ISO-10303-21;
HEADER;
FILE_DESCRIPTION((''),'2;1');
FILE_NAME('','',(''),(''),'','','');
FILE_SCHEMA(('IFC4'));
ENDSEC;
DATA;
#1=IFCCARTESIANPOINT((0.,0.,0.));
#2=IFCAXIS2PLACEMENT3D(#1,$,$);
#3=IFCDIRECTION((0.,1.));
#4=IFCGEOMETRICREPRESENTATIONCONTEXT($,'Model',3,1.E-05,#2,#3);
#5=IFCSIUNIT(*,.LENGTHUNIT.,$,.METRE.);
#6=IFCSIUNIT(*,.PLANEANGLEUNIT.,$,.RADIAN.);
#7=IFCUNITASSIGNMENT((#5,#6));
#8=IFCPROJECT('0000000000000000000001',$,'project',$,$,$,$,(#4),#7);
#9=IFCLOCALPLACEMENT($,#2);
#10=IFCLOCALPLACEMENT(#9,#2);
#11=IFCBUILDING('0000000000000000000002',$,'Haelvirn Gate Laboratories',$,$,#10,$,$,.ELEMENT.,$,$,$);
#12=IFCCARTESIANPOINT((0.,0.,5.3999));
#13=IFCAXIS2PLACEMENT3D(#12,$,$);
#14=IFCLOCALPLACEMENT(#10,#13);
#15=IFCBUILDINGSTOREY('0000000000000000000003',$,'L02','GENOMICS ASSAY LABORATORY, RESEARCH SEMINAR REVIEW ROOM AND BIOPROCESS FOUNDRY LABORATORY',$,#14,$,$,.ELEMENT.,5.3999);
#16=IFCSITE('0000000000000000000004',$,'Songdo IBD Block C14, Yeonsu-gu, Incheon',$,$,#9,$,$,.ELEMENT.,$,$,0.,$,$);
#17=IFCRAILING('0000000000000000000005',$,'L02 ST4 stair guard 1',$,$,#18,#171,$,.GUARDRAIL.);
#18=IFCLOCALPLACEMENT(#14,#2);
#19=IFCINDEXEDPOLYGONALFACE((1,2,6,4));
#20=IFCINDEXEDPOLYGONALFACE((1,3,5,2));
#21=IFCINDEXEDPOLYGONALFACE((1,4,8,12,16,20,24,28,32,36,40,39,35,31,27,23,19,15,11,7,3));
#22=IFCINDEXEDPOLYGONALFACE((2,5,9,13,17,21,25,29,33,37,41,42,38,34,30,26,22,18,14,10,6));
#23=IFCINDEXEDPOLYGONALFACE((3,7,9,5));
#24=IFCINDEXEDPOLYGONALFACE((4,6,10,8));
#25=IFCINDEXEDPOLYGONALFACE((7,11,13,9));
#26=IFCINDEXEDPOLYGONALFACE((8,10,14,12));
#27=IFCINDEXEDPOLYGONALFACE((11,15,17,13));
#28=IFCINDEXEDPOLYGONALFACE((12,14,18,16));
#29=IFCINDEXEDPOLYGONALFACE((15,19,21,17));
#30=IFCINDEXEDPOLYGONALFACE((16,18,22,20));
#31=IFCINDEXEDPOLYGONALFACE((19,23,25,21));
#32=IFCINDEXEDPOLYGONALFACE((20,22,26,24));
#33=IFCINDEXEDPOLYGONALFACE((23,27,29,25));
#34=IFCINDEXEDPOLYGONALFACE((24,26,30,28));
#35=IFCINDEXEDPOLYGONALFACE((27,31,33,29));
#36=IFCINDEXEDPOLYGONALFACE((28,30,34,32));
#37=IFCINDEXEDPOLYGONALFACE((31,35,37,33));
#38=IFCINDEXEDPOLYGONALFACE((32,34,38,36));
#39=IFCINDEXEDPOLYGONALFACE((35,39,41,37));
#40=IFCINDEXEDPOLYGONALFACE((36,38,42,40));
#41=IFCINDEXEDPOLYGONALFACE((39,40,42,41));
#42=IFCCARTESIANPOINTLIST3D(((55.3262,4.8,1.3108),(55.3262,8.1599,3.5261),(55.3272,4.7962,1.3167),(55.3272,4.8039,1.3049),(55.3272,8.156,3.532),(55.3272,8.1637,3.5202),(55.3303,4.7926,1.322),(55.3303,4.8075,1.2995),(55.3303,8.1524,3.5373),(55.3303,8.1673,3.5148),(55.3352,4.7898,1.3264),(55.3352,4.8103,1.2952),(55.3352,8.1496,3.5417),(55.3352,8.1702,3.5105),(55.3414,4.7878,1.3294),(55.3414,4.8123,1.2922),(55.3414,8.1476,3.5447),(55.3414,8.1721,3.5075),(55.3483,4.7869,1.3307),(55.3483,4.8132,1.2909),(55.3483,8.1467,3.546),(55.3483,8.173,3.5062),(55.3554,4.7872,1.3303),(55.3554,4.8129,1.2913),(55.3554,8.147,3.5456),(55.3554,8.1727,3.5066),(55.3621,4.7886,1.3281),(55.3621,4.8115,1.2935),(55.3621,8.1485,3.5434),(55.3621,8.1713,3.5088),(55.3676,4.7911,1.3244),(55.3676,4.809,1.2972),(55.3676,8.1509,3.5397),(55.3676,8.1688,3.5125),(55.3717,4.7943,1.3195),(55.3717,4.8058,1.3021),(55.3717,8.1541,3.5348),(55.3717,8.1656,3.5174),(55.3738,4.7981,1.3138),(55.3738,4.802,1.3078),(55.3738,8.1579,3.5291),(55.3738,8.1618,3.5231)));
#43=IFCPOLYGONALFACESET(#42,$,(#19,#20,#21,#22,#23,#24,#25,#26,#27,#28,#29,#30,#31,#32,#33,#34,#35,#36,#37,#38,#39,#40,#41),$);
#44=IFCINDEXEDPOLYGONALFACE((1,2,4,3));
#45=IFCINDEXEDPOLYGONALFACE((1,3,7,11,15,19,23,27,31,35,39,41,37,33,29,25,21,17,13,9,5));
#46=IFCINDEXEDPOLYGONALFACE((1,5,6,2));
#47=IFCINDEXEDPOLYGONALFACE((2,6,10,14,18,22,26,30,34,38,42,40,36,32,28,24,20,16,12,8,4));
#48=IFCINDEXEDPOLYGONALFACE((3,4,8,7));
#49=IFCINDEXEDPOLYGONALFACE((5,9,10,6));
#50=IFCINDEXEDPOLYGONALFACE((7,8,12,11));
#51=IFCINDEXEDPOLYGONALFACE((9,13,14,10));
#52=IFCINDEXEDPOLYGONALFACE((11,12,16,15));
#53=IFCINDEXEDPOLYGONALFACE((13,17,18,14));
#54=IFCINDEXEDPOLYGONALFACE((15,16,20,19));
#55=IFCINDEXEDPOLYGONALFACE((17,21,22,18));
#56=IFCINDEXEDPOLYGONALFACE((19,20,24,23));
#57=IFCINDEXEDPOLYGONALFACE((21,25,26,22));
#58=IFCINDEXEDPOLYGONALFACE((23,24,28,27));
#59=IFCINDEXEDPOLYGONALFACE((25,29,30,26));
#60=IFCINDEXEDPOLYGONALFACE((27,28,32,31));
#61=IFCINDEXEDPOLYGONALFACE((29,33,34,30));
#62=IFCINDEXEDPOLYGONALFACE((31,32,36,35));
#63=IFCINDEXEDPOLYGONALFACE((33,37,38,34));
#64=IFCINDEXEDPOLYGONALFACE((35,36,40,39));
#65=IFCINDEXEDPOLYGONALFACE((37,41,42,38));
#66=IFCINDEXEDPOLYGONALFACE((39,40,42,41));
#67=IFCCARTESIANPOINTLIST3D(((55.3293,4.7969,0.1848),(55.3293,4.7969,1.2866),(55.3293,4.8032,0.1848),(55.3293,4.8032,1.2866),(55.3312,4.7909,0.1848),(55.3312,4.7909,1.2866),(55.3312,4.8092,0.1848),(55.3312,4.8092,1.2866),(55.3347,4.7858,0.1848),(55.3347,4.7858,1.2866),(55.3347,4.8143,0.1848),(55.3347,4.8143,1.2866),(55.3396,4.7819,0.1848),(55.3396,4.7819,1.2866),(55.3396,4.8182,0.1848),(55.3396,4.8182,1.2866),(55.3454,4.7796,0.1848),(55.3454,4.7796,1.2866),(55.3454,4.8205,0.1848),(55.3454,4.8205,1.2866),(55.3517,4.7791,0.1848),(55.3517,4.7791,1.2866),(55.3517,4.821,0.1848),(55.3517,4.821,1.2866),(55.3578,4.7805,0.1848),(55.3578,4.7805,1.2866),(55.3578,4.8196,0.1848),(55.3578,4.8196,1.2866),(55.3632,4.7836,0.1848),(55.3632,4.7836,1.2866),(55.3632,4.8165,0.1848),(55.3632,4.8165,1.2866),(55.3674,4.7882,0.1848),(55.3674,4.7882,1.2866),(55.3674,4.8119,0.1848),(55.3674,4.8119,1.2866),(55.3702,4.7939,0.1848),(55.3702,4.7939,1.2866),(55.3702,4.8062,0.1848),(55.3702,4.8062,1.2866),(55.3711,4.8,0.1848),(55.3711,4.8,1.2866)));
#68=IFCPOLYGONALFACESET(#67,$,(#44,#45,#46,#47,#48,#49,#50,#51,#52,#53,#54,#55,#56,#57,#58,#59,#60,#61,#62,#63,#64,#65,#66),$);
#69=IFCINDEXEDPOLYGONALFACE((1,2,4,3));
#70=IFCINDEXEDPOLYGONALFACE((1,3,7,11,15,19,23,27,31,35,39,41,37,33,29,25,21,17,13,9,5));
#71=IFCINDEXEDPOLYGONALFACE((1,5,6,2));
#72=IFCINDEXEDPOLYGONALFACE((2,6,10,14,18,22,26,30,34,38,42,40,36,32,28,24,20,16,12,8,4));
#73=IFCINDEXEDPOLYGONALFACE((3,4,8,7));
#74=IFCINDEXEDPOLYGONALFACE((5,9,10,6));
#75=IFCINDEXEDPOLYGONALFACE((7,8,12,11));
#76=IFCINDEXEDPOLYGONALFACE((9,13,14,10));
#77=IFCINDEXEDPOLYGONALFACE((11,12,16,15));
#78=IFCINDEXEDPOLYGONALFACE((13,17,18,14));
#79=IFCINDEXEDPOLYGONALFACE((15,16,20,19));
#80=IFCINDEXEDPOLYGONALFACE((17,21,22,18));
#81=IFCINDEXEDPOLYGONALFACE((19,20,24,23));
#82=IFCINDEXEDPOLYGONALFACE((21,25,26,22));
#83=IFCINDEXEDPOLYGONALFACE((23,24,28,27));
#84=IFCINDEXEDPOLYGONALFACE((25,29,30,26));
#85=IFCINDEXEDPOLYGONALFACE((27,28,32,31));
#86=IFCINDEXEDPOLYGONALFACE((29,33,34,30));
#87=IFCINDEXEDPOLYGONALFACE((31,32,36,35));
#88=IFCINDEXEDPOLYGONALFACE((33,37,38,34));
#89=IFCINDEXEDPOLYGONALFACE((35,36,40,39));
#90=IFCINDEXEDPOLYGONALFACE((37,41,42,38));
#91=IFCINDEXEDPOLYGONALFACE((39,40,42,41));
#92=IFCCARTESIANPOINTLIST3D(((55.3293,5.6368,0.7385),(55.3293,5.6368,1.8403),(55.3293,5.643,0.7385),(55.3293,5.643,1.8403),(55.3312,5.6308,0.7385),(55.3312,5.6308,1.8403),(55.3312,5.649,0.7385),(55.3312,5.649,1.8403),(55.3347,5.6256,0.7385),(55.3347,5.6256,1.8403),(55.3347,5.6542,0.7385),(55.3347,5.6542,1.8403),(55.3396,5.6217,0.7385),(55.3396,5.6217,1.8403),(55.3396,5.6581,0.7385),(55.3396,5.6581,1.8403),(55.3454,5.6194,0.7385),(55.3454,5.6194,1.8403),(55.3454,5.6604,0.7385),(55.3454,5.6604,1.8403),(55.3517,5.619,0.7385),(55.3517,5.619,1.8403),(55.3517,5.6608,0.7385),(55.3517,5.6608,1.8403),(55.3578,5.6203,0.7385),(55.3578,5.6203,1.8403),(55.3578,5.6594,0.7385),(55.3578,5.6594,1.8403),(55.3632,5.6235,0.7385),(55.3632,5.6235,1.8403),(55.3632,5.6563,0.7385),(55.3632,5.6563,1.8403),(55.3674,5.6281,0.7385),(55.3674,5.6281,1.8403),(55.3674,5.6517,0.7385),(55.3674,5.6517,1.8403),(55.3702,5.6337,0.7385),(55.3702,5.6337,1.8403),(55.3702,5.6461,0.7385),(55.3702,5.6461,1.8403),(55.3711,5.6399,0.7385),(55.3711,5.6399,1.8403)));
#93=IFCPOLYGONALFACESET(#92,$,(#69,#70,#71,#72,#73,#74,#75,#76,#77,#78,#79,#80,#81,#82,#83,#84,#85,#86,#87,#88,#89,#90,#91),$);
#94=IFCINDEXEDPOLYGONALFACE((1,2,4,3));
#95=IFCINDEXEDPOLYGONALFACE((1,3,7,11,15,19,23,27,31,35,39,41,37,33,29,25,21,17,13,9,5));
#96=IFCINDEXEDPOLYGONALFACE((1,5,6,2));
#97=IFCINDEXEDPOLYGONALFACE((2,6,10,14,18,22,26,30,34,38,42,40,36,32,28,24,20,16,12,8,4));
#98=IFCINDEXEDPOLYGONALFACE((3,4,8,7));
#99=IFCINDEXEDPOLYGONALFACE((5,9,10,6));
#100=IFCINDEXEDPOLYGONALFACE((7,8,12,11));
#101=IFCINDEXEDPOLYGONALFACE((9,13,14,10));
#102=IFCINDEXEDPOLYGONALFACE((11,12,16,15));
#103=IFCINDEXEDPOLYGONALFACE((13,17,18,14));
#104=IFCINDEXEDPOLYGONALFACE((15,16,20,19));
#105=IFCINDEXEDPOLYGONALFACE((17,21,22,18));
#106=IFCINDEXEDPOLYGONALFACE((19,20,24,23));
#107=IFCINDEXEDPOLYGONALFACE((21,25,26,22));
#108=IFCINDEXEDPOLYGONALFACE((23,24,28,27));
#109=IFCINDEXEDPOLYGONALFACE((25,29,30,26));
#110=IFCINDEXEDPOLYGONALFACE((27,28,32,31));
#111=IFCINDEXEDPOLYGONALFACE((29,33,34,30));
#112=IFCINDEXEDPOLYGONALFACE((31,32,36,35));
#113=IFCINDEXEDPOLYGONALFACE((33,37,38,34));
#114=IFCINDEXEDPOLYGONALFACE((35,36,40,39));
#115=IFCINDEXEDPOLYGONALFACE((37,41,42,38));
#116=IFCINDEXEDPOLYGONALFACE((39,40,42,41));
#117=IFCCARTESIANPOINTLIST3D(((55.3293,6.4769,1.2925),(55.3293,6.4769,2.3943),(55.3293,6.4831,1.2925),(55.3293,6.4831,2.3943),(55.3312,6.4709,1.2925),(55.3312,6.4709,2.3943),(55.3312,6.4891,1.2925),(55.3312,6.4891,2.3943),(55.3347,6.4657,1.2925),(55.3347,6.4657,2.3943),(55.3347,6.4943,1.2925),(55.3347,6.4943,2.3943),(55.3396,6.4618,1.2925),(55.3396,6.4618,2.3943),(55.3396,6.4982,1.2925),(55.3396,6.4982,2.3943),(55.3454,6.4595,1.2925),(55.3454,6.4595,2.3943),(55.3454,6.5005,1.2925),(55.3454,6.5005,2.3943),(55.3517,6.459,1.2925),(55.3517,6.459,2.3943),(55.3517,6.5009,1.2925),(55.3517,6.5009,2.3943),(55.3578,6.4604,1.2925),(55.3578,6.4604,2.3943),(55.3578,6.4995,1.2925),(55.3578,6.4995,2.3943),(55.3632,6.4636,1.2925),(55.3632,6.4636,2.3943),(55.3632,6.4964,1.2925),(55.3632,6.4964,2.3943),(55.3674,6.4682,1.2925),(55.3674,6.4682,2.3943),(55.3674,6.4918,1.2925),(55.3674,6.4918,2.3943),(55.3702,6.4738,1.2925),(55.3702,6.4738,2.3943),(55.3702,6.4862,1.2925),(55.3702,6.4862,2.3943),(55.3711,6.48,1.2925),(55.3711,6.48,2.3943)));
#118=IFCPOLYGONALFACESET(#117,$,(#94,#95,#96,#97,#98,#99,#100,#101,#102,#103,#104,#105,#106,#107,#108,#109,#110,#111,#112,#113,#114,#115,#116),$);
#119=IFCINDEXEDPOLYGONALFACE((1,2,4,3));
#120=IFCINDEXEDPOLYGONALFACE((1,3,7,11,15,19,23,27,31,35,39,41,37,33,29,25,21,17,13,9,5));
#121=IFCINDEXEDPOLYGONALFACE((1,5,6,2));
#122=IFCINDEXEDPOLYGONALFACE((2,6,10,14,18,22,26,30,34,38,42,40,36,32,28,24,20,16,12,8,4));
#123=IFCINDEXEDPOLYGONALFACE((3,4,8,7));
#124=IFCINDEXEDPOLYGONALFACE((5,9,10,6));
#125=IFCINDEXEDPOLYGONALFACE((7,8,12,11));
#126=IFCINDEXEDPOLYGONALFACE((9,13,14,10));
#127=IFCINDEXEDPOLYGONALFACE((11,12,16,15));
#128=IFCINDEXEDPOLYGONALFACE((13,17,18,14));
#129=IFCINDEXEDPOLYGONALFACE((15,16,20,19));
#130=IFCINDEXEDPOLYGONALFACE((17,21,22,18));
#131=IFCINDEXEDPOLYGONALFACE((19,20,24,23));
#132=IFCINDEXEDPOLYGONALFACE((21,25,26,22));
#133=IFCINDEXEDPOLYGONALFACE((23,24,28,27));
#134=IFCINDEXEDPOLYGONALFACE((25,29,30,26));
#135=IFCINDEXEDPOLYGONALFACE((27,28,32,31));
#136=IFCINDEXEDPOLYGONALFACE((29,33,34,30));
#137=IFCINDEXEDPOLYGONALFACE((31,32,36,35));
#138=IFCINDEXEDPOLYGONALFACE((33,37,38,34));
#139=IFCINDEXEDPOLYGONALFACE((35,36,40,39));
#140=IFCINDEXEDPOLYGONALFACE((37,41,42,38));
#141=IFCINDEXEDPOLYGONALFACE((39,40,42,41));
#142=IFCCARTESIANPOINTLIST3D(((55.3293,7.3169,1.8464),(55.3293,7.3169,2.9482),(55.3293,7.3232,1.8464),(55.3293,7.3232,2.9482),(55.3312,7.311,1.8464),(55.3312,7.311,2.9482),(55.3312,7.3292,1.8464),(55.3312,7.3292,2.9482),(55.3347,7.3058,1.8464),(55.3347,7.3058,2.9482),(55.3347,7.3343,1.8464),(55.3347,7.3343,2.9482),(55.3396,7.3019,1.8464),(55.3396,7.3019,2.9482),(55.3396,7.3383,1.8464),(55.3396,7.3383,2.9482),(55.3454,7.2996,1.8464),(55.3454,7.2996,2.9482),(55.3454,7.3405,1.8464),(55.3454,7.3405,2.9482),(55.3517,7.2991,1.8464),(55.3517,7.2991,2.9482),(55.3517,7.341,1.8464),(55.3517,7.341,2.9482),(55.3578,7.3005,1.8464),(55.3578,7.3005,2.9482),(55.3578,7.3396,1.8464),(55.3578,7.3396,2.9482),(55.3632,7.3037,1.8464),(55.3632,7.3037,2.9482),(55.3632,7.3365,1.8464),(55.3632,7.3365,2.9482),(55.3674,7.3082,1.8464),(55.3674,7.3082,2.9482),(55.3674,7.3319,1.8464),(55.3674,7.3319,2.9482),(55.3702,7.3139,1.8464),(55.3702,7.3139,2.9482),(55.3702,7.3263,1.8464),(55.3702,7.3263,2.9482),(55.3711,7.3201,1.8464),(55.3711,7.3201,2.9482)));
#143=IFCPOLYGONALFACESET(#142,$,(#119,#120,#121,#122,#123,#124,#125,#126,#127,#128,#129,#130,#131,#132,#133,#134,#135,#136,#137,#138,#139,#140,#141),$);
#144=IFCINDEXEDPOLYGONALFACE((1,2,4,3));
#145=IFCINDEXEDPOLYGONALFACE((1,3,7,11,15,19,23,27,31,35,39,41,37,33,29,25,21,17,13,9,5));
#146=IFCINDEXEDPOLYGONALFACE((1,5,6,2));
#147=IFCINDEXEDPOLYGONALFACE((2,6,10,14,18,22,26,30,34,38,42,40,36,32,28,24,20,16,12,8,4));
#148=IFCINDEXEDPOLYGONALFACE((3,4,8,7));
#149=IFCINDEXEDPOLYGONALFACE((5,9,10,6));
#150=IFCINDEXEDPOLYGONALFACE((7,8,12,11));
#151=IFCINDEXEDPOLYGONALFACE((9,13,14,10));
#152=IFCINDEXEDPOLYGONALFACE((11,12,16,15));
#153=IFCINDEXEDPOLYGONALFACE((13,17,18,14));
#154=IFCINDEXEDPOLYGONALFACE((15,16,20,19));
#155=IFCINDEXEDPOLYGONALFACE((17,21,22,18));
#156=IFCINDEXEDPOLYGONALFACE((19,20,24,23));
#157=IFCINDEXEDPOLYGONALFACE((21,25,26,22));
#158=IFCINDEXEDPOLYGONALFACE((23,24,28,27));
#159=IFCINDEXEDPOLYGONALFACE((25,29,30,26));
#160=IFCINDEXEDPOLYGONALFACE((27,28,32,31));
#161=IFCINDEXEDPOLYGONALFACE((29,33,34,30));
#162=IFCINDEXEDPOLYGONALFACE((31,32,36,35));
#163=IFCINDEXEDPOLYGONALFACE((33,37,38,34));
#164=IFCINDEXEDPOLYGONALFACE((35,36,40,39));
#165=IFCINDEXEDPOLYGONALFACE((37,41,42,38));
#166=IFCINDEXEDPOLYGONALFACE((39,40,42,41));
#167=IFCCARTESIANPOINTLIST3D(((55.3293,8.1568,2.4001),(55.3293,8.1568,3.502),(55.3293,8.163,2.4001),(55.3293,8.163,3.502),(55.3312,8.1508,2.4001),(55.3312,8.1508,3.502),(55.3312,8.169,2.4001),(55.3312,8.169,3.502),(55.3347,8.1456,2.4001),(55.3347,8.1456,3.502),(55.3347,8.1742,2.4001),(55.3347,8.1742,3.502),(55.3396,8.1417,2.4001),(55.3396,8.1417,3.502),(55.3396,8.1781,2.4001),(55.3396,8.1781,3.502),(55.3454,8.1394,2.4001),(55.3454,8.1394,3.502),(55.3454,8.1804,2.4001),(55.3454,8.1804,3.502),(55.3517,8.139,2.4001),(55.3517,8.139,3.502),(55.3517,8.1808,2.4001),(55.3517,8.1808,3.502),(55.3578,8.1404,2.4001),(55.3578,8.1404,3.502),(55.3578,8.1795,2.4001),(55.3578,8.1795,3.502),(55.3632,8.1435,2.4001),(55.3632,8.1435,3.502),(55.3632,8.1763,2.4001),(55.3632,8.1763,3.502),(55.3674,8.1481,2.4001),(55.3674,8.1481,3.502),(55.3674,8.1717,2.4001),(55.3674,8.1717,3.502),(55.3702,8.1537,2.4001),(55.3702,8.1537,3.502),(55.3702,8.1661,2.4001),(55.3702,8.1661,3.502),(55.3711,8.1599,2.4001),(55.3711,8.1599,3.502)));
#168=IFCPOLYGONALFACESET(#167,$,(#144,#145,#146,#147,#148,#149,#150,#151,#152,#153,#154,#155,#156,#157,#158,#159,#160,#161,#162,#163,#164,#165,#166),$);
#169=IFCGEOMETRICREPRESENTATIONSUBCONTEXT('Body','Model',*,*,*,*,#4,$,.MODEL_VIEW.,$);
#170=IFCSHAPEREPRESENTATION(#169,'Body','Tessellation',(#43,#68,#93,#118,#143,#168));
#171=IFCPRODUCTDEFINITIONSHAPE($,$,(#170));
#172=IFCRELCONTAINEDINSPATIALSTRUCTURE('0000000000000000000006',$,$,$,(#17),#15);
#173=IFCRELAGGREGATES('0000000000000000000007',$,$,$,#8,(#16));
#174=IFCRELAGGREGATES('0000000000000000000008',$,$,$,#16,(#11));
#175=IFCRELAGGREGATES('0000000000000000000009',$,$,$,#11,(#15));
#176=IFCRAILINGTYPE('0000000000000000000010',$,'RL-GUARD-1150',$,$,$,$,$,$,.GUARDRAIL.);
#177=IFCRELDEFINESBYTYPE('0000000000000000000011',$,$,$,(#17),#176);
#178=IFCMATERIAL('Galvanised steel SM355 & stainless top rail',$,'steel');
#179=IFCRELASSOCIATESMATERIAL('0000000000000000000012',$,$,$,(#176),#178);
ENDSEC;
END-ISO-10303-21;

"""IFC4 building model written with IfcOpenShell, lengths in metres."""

from ifc_helpers import new_model, si_unit, direction, frame, origin, origin_2d, place, context, subcontext, project, spatial, circle, extrude, source, transform, mapped, material, type_object, element, save


model = new_model("IFC4")

# Units and contexts
model_context = context("Model", 3, precision=1e-05, world=origin(), true_north=direction((0.0, 1.0)))
body_context = subcontext(model_context, "Body", "Model", "MODEL_VIEW")
ifc_project = project(units=[si_unit("LENGTHUNIT", "METRE"), si_unit("PLANEANGLEUNIT", "RADIAN")], contexts=[model_context])

# Site, building, storey
site_placement = place(None, origin())
site = spatial("IfcSite", under=ifc_project, at=site_placement, Name="Songdo IBD Block C14, Yeonsu-gu, Incheon", CompositionType="ELEMENT", RefElevation=0.0)
building_placement = place(site_placement, origin())
building = spatial("IfcBuilding", under=site, at=building_placement, Name="Haelvirn Gate Laboratories", CompositionType="ELEMENT")
storey_placement = place(building_placement, frame((0.0, 0.0, 5.3999)))
storey = spatial("IfcBuildingStorey", under=building, at=storey_placement, Name="L02", Description="GENOMICS ASSAY LABORATORY, RESEARCH SEMINAR REVIEW ROOM AND BIOPROCESS FOUNDRY LABORATORY", CompositionType="ELEMENT", Elevation=5.3999)

# Railing
ifc_material_1 = material(Name="Galvanised steel SM355 & stainless top rail", Category="steel")
railing_type_1 = type_object("IfcRailingType", Name="RL-GUARD-1150", PredefinedType="GUARDRAIL", material=ifc_material_1)
shared_shape_1 = source(origin(), body_context, "Body", "SweptSolid", [
    extrude(circle(Radius=0.0239, at=origin_2d()), frame((0.0, 0.0, 1.126), z_axis=(0.0, 0.834858, 0.550465), x_axis=(-1.0, 0.0, 0.0)), (0.0, 0.0, 1.0), 4.0244),
    extrude(circle(Radius=0.021, at=origin_2d()), origin(), (0.0, 0.0, 1.0), 1.1018),
    extrude(circle(Radius=0.021, at=origin_2d()), frame((0.0, 0.8398, 0.5537)), (0.0, 0.0, 1.0), 1.1018),
    extrude(circle(Radius=0.021, at=origin_2d()), frame((0.0, 1.6799, 1.1077)), (0.0, 0.0, 1.0), 1.1018),
    extrude(circle(Radius=0.021, at=origin_2d()), frame((0.0, 2.52, 1.6616)), (0.0, 0.0, 1.0), 1.1018),
    extrude(circle(Radius=0.021, at=origin_2d()), frame((0.0, 3.3599, 2.2153)), (0.0, 0.0, 1.0), 1.1018),
])
railing_1_placement = place(storey_placement, frame((55.3501, 4.8, 0.1848)))
element("IfcRailing", 1, at=railing_1_placement, inside=storey, type_object=railing_type_1, Name="L02 ST4 stair guard 1", PredefinedType="GUARDRAIL", context=body_context, shape_type="MappedRepresentation", body=[
    mapped(shared_shape_1, transform((0.0, 0.0, 0.0), scale=1.0)),
])

save(model, "model.ifc")
